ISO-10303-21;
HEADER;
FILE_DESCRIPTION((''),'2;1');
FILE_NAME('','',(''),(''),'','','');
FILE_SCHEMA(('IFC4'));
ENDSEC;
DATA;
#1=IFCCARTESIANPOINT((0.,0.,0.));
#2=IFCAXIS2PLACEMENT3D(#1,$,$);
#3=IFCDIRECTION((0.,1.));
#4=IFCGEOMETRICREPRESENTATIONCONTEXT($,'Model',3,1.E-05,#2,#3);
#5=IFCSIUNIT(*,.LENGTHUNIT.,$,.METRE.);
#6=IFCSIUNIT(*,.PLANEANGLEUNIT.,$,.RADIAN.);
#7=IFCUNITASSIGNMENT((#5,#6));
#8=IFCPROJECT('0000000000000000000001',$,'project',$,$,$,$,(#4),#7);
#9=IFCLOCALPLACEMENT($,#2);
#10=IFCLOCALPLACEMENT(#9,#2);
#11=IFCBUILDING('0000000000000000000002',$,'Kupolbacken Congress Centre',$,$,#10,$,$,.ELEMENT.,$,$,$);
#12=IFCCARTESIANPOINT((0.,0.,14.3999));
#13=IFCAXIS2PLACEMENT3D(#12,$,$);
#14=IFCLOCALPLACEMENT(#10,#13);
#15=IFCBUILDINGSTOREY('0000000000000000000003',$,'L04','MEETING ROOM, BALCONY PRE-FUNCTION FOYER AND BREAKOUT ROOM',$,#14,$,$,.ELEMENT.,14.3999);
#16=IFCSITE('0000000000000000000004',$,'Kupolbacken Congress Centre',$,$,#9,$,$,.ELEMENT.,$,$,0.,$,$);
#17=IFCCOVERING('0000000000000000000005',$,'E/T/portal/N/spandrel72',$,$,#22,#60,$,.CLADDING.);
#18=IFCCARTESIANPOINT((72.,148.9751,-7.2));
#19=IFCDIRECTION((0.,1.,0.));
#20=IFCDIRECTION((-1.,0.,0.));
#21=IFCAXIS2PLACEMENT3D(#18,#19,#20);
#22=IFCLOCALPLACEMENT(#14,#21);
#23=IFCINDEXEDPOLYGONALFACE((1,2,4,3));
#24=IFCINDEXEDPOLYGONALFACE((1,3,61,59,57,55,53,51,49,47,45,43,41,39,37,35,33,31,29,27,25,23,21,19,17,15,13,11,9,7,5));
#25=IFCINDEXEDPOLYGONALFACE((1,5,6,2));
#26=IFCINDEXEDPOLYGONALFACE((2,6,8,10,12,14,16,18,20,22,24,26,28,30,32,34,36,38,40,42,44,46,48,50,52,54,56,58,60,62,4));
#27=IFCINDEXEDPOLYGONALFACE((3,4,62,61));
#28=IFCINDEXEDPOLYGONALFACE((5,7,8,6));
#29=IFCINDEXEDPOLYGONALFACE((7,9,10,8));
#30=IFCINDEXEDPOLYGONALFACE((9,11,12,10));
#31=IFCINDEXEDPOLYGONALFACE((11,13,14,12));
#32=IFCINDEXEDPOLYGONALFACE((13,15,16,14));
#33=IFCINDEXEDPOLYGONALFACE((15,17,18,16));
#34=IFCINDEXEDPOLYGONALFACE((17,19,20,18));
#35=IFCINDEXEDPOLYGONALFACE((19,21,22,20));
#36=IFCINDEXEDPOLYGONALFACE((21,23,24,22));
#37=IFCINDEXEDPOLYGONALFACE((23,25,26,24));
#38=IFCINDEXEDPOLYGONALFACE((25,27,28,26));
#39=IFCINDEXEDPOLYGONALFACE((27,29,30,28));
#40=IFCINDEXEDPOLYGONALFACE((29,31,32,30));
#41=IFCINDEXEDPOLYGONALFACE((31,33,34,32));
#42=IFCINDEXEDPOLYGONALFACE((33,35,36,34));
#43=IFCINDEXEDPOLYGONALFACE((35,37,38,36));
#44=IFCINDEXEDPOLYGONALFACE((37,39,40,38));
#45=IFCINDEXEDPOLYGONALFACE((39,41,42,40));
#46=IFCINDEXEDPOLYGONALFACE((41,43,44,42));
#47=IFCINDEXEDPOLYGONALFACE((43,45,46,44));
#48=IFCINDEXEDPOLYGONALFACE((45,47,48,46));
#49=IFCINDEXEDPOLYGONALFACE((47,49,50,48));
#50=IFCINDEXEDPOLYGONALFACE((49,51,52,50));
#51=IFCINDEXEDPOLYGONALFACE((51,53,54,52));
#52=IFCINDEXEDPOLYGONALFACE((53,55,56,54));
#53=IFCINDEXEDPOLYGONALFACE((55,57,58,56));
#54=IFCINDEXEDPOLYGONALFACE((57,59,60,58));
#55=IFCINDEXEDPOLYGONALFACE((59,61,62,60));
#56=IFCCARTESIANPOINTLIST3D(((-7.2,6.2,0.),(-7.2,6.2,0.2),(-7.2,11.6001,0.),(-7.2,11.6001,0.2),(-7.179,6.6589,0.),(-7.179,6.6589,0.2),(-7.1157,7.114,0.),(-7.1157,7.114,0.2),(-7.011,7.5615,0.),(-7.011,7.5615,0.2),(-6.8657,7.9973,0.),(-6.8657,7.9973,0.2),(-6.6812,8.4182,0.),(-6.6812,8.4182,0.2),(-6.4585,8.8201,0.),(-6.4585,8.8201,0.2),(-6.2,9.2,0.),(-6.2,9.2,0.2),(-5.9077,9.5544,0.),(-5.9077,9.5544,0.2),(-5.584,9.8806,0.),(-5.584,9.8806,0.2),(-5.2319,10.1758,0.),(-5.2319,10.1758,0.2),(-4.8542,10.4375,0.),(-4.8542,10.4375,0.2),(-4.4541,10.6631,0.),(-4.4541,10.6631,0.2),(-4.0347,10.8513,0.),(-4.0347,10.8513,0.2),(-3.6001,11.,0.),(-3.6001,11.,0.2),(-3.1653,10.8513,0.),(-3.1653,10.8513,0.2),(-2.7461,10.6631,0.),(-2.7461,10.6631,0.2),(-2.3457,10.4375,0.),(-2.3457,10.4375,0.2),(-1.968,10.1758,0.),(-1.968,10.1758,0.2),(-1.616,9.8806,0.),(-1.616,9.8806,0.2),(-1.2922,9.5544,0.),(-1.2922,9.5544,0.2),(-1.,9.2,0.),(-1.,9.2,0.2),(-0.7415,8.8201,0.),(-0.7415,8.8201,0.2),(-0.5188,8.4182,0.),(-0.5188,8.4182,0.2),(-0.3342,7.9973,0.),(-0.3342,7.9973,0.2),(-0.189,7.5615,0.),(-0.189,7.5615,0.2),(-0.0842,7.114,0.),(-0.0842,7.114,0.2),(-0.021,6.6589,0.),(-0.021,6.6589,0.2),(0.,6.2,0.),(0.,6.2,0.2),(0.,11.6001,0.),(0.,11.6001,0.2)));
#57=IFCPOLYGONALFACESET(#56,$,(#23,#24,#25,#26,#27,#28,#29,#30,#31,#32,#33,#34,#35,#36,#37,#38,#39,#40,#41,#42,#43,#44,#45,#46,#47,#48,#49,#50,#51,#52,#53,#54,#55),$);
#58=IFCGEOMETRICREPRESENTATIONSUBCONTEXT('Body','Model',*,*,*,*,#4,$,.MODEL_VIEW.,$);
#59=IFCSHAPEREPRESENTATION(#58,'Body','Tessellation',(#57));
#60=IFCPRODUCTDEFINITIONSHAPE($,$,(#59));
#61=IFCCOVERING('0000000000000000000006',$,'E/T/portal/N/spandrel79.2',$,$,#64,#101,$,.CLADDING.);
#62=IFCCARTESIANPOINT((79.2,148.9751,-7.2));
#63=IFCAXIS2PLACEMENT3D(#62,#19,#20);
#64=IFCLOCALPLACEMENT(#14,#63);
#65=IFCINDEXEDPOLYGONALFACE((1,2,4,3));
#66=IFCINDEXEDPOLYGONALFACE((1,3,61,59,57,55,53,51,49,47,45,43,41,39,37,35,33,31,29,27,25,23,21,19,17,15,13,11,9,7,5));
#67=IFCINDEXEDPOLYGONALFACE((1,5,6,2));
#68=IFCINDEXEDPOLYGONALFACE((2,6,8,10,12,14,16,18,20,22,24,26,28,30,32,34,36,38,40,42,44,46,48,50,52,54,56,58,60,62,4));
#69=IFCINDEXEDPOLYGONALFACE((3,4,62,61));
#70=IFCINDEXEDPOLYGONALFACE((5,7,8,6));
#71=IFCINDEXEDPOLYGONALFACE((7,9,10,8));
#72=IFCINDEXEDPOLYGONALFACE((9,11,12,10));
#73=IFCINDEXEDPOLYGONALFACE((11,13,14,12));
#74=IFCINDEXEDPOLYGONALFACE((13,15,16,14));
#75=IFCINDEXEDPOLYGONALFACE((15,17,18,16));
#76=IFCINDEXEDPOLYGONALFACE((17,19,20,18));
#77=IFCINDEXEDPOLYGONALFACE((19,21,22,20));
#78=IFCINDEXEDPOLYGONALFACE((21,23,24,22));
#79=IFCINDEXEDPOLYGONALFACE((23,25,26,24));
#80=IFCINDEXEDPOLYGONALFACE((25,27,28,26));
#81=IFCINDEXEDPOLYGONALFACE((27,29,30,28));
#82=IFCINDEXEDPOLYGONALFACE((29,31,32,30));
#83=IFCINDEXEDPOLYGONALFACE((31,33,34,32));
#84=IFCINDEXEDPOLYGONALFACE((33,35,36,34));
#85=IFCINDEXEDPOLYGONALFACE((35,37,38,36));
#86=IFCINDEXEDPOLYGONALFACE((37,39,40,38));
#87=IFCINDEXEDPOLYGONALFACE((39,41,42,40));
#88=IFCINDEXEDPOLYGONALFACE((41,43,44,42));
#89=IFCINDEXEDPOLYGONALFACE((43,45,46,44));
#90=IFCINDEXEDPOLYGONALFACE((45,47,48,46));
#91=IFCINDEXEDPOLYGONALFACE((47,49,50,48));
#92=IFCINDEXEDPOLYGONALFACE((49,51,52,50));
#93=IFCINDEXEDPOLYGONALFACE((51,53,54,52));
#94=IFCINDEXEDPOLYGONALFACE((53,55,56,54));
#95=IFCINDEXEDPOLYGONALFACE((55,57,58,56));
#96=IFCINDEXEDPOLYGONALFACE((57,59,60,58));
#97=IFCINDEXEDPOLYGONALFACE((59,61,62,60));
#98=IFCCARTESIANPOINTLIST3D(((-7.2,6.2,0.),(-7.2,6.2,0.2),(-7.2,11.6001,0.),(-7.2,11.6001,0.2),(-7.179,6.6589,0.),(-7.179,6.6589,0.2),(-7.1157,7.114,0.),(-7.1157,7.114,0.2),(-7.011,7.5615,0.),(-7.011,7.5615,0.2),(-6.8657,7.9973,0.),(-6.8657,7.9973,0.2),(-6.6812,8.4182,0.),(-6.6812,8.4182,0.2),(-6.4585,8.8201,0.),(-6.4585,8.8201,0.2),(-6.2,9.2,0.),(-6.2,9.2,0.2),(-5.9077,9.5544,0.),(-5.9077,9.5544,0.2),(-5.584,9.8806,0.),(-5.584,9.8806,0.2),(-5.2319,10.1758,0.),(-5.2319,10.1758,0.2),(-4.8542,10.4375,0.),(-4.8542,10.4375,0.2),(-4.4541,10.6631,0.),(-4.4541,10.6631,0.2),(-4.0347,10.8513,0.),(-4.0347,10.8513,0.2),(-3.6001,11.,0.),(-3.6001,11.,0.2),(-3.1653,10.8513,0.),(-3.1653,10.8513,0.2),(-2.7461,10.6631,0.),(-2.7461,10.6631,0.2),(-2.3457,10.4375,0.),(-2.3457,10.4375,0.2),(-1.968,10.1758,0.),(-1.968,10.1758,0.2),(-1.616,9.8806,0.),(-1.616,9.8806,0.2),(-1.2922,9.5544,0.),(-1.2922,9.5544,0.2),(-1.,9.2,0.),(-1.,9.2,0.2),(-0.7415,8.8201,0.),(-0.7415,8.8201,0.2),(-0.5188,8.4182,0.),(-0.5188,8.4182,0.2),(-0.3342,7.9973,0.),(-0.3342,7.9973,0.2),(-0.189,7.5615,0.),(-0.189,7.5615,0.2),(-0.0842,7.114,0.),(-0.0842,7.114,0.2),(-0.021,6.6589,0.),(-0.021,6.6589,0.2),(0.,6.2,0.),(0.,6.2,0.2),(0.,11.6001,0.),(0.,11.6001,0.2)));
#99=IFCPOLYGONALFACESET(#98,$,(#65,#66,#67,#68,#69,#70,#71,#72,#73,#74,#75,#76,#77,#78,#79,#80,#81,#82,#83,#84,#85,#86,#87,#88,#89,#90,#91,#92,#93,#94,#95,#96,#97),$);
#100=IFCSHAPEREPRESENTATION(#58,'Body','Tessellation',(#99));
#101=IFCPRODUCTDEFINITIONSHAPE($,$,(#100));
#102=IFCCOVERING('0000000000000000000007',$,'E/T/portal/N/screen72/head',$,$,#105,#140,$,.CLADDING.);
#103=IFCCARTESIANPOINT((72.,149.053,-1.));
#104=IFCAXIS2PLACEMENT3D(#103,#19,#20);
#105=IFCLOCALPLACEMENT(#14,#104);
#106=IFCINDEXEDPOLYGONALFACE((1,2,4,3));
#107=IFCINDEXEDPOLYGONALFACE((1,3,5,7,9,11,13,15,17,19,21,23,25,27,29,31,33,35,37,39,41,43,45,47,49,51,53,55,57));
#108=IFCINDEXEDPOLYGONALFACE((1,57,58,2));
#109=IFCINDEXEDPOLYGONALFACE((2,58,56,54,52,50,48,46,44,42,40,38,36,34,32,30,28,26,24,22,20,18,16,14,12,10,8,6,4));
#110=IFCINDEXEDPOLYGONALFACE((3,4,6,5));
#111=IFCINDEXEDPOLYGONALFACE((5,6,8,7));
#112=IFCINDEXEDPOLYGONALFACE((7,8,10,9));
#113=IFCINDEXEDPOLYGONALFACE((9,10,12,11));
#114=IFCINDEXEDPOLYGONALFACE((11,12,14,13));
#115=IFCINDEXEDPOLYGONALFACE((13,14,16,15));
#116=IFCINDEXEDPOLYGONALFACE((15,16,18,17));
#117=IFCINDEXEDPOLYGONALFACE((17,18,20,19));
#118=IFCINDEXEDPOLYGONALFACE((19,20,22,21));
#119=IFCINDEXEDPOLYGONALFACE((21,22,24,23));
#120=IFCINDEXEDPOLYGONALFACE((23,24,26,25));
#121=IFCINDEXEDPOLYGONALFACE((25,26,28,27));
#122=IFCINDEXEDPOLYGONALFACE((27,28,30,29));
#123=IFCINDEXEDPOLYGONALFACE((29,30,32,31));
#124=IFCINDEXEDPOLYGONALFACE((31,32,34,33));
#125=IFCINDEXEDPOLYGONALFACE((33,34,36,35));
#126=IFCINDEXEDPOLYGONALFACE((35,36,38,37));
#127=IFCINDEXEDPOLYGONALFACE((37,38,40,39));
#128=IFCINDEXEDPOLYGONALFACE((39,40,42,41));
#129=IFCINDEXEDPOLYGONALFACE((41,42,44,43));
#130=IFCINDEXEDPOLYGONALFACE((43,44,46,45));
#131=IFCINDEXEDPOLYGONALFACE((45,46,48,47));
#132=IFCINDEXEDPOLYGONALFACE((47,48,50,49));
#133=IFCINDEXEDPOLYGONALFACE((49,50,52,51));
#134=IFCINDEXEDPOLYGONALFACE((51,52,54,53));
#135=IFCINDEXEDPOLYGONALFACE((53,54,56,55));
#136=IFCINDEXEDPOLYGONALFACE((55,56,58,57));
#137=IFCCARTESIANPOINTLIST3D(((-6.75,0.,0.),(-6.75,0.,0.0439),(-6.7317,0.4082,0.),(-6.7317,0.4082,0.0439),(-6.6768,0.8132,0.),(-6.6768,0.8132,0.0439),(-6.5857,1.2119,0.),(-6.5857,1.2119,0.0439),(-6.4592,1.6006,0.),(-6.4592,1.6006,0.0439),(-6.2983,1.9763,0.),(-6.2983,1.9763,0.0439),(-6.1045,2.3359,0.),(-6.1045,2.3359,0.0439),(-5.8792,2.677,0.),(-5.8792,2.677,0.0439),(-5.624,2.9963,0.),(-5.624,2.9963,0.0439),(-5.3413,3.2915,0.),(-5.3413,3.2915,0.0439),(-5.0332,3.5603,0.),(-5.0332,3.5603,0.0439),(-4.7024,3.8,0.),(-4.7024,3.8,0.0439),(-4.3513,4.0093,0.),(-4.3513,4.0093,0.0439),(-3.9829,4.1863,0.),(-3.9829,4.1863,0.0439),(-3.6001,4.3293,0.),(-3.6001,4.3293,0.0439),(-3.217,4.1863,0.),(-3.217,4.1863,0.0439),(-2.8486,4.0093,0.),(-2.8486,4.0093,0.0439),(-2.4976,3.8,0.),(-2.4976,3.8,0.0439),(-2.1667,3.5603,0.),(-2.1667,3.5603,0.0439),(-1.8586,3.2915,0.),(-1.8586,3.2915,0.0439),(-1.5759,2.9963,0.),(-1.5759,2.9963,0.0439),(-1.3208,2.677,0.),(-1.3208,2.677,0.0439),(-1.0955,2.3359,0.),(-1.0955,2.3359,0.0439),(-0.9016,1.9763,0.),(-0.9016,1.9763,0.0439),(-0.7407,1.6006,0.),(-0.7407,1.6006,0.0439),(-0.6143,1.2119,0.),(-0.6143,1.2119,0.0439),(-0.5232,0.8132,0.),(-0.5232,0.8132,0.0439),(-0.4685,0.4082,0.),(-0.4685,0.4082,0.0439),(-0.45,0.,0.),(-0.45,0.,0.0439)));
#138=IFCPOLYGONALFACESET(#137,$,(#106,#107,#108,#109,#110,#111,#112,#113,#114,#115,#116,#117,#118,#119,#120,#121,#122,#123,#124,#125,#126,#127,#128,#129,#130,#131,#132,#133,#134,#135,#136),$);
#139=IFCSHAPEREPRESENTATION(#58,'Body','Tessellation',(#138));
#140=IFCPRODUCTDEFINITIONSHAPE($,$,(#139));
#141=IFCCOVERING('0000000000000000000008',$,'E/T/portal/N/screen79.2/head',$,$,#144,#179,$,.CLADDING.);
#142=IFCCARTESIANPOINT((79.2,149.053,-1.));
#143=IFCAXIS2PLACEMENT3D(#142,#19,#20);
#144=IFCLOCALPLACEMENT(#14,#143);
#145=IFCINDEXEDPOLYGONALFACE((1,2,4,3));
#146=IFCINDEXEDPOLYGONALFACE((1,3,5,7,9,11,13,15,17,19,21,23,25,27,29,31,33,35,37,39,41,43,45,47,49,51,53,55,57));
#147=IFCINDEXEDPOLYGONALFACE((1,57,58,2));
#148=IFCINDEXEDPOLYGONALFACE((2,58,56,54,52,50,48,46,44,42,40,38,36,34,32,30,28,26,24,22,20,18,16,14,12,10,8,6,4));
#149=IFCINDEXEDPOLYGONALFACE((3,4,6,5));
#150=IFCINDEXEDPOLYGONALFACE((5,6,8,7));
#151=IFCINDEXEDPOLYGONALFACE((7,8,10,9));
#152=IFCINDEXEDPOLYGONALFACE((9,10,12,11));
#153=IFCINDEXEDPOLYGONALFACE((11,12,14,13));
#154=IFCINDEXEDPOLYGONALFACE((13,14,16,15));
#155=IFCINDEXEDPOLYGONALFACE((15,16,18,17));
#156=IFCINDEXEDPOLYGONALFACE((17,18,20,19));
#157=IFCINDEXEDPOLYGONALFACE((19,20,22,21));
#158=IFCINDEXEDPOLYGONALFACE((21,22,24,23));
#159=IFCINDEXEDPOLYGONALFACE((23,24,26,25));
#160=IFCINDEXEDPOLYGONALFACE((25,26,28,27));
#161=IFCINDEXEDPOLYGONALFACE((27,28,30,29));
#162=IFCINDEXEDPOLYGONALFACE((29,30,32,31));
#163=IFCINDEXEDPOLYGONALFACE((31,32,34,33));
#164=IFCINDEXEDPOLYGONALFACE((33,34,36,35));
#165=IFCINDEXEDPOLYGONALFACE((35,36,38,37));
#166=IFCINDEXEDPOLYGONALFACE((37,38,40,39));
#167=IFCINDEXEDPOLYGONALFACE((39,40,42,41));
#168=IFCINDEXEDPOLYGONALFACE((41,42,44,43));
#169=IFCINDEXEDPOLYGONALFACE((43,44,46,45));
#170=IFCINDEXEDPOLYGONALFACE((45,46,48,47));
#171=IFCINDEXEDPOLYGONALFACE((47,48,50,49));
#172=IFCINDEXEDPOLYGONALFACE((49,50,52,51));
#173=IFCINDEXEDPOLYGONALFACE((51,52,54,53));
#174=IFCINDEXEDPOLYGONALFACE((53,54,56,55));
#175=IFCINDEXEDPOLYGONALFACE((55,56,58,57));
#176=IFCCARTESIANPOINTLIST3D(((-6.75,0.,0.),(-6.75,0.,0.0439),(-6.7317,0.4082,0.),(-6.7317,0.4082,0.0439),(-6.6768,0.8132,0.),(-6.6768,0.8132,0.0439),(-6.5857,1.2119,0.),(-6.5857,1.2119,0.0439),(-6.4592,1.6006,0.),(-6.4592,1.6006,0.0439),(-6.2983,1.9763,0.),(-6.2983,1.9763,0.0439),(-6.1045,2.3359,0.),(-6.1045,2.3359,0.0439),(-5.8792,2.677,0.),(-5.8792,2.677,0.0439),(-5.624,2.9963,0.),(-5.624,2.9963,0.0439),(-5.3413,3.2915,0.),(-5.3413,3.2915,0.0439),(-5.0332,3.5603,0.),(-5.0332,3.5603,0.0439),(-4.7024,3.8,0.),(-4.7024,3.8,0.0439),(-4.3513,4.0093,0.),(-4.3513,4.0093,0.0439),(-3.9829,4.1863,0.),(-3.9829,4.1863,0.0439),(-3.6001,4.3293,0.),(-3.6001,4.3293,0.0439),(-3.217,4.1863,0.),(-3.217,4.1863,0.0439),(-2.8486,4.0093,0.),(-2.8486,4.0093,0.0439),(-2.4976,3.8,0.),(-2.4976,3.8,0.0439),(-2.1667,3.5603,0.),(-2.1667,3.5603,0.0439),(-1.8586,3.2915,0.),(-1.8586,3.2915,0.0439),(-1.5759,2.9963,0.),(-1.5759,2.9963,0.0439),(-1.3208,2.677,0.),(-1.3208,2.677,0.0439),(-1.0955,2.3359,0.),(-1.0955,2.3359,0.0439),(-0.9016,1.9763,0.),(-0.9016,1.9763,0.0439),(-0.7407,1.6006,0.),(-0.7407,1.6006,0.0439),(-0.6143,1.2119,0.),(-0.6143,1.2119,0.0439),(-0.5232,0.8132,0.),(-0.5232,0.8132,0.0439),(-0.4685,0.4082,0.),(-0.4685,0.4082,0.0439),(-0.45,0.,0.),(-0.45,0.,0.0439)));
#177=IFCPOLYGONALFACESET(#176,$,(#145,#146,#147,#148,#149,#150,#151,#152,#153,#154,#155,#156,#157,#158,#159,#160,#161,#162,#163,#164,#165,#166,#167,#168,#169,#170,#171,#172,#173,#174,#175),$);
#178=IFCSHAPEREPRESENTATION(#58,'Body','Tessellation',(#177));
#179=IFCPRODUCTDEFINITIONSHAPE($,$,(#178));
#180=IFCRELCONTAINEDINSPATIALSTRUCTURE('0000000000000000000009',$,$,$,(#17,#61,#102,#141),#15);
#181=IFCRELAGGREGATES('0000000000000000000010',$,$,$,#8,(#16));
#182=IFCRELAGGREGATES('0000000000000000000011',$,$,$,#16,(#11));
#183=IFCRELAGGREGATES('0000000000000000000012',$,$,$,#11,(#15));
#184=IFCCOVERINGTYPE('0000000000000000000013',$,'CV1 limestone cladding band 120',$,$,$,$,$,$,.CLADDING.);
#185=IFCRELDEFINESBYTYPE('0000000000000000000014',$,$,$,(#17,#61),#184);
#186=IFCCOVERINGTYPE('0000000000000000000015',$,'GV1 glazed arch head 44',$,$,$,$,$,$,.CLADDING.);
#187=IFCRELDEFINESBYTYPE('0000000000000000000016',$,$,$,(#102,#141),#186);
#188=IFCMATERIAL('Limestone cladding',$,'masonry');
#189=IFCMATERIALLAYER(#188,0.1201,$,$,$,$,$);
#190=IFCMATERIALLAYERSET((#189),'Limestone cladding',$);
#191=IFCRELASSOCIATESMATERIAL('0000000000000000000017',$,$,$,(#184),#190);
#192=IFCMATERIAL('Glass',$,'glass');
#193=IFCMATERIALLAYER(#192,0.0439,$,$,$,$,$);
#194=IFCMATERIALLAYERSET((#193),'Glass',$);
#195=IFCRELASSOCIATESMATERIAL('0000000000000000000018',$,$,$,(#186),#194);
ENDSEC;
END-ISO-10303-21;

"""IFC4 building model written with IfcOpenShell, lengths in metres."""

from ifc_helpers import new_model, si_unit, direction, frame, origin, place, context, subcontext, project, spatial, polyline, outline, extrude, material, layer, layer_set, type_object, element, save


model = new_model("IFC4")

# Units and contexts
model_context = context("Model", 3, precision=1e-05, world=origin(), true_north=direction((0.0, 1.0)))
body_context = subcontext(model_context, "Body", "Model", "MODEL_VIEW")
ifc_project = project(units=[si_unit("LENGTHUNIT", "METRE"), si_unit("PLANEANGLEUNIT", "RADIAN")], contexts=[model_context])

# Site, building, storey
site_placement = place(None, origin())
site = spatial("IfcSite", under=ifc_project, at=site_placement, Name="Kupolbacken Congress Centre", CompositionType="ELEMENT", RefElevation=0.0)
building_placement = place(site_placement, origin())
building = spatial("IfcBuilding", under=site, at=building_placement, Name="Kupolbacken Congress Centre", CompositionType="ELEMENT")
storey_placement = place(building_placement, frame((0.0, 0.0, 14.3999)))
storey = spatial("IfcBuildingStorey", under=building, at=storey_placement, Name="L04", Description="MEETING ROOM, BALCONY PRE-FUNCTION FOYER AND BREAKOUT ROOM", CompositionType="ELEMENT", Elevation=14.3999)

# Coverings
ifc_material_1 = material(Name="Limestone cladding", Category="masonry")
ifc_layer_1 = layer(ifc_material_1, 0.1201)
ifc_layer_set_1 = layer_set([ifc_layer_1], Name="Limestone cladding")
covering_type_1 = type_object("IfcCoveringType", Name="CV1 limestone cladding band 120", PredefinedType="CLADDING", material=ifc_layer_set_1)
for number, where, z_axis, x_axis, name in (
    (1, (72.0, 148.9751, -7.2), (0.0, 1.0, 0.0), (-1.0, 0.0, 0.0), "E/T/portal/N/spandrel72"),
    (2, (79.2, 148.9751, -7.2), (0.0, 1.0, 0.0), (-1.0, 0.0, 0.0), "E/T/portal/N/spandrel79.2"),
):
    element("IfcCovering", number, at=place(storey_placement, frame(where, z_axis=z_axis, x_axis=x_axis)), inside=storey, type_object=covering_type_1, Name=name, PredefinedType="CLADDING", context=body_context, shape_type="SweptSolid", body=[
        extrude(outline(polyline([(0.0, 6.2), (0.0, 11.6001), (-7.2, 11.6001), (-7.2, 6.2), (-7.179, 6.6589), (-7.1157, 7.114), (-7.011, 7.5615), (-6.8657, 7.9973), (-6.6812, 8.4182), (-6.4585, 8.8201), (-6.2, 9.2), (-5.9077, 9.5544), (-5.584, 9.8806), (-5.2319, 10.1758), (-4.8542, 10.4375), (-4.4541, 10.6631), (-4.0347, 10.8513), (-3.6001, 11.0), (-3.1653, 10.8513), (-2.7461, 10.6631), (-2.3457, 10.4375), (-1.968, 10.1758), (-1.616, 9.8806), (-1.2922, 9.5544), (-1.0, 9.2), (-0.7415, 8.8201), (-0.5188, 8.4182), (-0.3342, 7.9973), (-0.189, 7.5615), (-0.0842, 7.114), (-0.021, 6.6589), (0.0, 6.2)])), origin(), (0.0, 0.0, 1.0), 0.2),
    ])
ifc_material_2 = material(Name="Glass", Category="glass")
ifc_layer_2 = layer(ifc_material_2, 0.0439)
ifc_layer_set_2 = layer_set([ifc_layer_2], Name="Glass")
covering_type_2 = type_object("IfcCoveringType", Name="GV1 glazed arch head 44", PredefinedType="CLADDING", material=ifc_layer_set_2)
for number, where, z_axis, x_axis, name in (
    (3, (72.0, 149.053, -1.0), (0.0, 1.0, 0.0), (-1.0, 0.0, 0.0), "E/T/portal/N/screen72/head"),
    (4, (79.2, 149.053, -1.0), (0.0, 1.0, 0.0), (-1.0, 0.0, 0.0), "E/T/portal/N/screen79.2/head"),
):
    element("IfcCovering", number, at=place(storey_placement, frame(where, z_axis=z_axis, x_axis=x_axis)), inside=storey, type_object=covering_type_2, Name=name, PredefinedType="CLADDING", context=body_context, shape_type="SweptSolid", body=[
        extrude(outline(polyline([(-0.45, 0.0), (-0.4685, 0.4082), (-0.5232, 0.8132), (-0.6143, 1.2119), (-0.7407, 1.6006), (-0.9016, 1.9763), (-1.0955, 2.3359), (-1.3208, 2.677), (-1.5759, 2.9963), (-1.8586, 3.2915), (-2.1667, 3.5603), (-2.4976, 3.8), (-2.8486, 4.0093), (-3.217, 4.1863), (-3.6001, 4.3293), (-3.9829, 4.1863), (-4.3513, 4.0093), (-4.7024, 3.8), (-5.0332, 3.5603), (-5.3413, 3.2915), (-5.624, 2.9963), (-5.8792, 2.677), (-6.1045, 2.3359), (-6.2983, 1.9763), (-6.4592, 1.6006), (-6.5857, 1.2119), (-6.6768, 0.8132), (-6.7317, 0.4082), (-6.75, 0.0), (-0.45, 0.0)])), origin(), (0.0, 0.0, 1.0), 0.0439),
    ])

save(model, "model.ifc")
